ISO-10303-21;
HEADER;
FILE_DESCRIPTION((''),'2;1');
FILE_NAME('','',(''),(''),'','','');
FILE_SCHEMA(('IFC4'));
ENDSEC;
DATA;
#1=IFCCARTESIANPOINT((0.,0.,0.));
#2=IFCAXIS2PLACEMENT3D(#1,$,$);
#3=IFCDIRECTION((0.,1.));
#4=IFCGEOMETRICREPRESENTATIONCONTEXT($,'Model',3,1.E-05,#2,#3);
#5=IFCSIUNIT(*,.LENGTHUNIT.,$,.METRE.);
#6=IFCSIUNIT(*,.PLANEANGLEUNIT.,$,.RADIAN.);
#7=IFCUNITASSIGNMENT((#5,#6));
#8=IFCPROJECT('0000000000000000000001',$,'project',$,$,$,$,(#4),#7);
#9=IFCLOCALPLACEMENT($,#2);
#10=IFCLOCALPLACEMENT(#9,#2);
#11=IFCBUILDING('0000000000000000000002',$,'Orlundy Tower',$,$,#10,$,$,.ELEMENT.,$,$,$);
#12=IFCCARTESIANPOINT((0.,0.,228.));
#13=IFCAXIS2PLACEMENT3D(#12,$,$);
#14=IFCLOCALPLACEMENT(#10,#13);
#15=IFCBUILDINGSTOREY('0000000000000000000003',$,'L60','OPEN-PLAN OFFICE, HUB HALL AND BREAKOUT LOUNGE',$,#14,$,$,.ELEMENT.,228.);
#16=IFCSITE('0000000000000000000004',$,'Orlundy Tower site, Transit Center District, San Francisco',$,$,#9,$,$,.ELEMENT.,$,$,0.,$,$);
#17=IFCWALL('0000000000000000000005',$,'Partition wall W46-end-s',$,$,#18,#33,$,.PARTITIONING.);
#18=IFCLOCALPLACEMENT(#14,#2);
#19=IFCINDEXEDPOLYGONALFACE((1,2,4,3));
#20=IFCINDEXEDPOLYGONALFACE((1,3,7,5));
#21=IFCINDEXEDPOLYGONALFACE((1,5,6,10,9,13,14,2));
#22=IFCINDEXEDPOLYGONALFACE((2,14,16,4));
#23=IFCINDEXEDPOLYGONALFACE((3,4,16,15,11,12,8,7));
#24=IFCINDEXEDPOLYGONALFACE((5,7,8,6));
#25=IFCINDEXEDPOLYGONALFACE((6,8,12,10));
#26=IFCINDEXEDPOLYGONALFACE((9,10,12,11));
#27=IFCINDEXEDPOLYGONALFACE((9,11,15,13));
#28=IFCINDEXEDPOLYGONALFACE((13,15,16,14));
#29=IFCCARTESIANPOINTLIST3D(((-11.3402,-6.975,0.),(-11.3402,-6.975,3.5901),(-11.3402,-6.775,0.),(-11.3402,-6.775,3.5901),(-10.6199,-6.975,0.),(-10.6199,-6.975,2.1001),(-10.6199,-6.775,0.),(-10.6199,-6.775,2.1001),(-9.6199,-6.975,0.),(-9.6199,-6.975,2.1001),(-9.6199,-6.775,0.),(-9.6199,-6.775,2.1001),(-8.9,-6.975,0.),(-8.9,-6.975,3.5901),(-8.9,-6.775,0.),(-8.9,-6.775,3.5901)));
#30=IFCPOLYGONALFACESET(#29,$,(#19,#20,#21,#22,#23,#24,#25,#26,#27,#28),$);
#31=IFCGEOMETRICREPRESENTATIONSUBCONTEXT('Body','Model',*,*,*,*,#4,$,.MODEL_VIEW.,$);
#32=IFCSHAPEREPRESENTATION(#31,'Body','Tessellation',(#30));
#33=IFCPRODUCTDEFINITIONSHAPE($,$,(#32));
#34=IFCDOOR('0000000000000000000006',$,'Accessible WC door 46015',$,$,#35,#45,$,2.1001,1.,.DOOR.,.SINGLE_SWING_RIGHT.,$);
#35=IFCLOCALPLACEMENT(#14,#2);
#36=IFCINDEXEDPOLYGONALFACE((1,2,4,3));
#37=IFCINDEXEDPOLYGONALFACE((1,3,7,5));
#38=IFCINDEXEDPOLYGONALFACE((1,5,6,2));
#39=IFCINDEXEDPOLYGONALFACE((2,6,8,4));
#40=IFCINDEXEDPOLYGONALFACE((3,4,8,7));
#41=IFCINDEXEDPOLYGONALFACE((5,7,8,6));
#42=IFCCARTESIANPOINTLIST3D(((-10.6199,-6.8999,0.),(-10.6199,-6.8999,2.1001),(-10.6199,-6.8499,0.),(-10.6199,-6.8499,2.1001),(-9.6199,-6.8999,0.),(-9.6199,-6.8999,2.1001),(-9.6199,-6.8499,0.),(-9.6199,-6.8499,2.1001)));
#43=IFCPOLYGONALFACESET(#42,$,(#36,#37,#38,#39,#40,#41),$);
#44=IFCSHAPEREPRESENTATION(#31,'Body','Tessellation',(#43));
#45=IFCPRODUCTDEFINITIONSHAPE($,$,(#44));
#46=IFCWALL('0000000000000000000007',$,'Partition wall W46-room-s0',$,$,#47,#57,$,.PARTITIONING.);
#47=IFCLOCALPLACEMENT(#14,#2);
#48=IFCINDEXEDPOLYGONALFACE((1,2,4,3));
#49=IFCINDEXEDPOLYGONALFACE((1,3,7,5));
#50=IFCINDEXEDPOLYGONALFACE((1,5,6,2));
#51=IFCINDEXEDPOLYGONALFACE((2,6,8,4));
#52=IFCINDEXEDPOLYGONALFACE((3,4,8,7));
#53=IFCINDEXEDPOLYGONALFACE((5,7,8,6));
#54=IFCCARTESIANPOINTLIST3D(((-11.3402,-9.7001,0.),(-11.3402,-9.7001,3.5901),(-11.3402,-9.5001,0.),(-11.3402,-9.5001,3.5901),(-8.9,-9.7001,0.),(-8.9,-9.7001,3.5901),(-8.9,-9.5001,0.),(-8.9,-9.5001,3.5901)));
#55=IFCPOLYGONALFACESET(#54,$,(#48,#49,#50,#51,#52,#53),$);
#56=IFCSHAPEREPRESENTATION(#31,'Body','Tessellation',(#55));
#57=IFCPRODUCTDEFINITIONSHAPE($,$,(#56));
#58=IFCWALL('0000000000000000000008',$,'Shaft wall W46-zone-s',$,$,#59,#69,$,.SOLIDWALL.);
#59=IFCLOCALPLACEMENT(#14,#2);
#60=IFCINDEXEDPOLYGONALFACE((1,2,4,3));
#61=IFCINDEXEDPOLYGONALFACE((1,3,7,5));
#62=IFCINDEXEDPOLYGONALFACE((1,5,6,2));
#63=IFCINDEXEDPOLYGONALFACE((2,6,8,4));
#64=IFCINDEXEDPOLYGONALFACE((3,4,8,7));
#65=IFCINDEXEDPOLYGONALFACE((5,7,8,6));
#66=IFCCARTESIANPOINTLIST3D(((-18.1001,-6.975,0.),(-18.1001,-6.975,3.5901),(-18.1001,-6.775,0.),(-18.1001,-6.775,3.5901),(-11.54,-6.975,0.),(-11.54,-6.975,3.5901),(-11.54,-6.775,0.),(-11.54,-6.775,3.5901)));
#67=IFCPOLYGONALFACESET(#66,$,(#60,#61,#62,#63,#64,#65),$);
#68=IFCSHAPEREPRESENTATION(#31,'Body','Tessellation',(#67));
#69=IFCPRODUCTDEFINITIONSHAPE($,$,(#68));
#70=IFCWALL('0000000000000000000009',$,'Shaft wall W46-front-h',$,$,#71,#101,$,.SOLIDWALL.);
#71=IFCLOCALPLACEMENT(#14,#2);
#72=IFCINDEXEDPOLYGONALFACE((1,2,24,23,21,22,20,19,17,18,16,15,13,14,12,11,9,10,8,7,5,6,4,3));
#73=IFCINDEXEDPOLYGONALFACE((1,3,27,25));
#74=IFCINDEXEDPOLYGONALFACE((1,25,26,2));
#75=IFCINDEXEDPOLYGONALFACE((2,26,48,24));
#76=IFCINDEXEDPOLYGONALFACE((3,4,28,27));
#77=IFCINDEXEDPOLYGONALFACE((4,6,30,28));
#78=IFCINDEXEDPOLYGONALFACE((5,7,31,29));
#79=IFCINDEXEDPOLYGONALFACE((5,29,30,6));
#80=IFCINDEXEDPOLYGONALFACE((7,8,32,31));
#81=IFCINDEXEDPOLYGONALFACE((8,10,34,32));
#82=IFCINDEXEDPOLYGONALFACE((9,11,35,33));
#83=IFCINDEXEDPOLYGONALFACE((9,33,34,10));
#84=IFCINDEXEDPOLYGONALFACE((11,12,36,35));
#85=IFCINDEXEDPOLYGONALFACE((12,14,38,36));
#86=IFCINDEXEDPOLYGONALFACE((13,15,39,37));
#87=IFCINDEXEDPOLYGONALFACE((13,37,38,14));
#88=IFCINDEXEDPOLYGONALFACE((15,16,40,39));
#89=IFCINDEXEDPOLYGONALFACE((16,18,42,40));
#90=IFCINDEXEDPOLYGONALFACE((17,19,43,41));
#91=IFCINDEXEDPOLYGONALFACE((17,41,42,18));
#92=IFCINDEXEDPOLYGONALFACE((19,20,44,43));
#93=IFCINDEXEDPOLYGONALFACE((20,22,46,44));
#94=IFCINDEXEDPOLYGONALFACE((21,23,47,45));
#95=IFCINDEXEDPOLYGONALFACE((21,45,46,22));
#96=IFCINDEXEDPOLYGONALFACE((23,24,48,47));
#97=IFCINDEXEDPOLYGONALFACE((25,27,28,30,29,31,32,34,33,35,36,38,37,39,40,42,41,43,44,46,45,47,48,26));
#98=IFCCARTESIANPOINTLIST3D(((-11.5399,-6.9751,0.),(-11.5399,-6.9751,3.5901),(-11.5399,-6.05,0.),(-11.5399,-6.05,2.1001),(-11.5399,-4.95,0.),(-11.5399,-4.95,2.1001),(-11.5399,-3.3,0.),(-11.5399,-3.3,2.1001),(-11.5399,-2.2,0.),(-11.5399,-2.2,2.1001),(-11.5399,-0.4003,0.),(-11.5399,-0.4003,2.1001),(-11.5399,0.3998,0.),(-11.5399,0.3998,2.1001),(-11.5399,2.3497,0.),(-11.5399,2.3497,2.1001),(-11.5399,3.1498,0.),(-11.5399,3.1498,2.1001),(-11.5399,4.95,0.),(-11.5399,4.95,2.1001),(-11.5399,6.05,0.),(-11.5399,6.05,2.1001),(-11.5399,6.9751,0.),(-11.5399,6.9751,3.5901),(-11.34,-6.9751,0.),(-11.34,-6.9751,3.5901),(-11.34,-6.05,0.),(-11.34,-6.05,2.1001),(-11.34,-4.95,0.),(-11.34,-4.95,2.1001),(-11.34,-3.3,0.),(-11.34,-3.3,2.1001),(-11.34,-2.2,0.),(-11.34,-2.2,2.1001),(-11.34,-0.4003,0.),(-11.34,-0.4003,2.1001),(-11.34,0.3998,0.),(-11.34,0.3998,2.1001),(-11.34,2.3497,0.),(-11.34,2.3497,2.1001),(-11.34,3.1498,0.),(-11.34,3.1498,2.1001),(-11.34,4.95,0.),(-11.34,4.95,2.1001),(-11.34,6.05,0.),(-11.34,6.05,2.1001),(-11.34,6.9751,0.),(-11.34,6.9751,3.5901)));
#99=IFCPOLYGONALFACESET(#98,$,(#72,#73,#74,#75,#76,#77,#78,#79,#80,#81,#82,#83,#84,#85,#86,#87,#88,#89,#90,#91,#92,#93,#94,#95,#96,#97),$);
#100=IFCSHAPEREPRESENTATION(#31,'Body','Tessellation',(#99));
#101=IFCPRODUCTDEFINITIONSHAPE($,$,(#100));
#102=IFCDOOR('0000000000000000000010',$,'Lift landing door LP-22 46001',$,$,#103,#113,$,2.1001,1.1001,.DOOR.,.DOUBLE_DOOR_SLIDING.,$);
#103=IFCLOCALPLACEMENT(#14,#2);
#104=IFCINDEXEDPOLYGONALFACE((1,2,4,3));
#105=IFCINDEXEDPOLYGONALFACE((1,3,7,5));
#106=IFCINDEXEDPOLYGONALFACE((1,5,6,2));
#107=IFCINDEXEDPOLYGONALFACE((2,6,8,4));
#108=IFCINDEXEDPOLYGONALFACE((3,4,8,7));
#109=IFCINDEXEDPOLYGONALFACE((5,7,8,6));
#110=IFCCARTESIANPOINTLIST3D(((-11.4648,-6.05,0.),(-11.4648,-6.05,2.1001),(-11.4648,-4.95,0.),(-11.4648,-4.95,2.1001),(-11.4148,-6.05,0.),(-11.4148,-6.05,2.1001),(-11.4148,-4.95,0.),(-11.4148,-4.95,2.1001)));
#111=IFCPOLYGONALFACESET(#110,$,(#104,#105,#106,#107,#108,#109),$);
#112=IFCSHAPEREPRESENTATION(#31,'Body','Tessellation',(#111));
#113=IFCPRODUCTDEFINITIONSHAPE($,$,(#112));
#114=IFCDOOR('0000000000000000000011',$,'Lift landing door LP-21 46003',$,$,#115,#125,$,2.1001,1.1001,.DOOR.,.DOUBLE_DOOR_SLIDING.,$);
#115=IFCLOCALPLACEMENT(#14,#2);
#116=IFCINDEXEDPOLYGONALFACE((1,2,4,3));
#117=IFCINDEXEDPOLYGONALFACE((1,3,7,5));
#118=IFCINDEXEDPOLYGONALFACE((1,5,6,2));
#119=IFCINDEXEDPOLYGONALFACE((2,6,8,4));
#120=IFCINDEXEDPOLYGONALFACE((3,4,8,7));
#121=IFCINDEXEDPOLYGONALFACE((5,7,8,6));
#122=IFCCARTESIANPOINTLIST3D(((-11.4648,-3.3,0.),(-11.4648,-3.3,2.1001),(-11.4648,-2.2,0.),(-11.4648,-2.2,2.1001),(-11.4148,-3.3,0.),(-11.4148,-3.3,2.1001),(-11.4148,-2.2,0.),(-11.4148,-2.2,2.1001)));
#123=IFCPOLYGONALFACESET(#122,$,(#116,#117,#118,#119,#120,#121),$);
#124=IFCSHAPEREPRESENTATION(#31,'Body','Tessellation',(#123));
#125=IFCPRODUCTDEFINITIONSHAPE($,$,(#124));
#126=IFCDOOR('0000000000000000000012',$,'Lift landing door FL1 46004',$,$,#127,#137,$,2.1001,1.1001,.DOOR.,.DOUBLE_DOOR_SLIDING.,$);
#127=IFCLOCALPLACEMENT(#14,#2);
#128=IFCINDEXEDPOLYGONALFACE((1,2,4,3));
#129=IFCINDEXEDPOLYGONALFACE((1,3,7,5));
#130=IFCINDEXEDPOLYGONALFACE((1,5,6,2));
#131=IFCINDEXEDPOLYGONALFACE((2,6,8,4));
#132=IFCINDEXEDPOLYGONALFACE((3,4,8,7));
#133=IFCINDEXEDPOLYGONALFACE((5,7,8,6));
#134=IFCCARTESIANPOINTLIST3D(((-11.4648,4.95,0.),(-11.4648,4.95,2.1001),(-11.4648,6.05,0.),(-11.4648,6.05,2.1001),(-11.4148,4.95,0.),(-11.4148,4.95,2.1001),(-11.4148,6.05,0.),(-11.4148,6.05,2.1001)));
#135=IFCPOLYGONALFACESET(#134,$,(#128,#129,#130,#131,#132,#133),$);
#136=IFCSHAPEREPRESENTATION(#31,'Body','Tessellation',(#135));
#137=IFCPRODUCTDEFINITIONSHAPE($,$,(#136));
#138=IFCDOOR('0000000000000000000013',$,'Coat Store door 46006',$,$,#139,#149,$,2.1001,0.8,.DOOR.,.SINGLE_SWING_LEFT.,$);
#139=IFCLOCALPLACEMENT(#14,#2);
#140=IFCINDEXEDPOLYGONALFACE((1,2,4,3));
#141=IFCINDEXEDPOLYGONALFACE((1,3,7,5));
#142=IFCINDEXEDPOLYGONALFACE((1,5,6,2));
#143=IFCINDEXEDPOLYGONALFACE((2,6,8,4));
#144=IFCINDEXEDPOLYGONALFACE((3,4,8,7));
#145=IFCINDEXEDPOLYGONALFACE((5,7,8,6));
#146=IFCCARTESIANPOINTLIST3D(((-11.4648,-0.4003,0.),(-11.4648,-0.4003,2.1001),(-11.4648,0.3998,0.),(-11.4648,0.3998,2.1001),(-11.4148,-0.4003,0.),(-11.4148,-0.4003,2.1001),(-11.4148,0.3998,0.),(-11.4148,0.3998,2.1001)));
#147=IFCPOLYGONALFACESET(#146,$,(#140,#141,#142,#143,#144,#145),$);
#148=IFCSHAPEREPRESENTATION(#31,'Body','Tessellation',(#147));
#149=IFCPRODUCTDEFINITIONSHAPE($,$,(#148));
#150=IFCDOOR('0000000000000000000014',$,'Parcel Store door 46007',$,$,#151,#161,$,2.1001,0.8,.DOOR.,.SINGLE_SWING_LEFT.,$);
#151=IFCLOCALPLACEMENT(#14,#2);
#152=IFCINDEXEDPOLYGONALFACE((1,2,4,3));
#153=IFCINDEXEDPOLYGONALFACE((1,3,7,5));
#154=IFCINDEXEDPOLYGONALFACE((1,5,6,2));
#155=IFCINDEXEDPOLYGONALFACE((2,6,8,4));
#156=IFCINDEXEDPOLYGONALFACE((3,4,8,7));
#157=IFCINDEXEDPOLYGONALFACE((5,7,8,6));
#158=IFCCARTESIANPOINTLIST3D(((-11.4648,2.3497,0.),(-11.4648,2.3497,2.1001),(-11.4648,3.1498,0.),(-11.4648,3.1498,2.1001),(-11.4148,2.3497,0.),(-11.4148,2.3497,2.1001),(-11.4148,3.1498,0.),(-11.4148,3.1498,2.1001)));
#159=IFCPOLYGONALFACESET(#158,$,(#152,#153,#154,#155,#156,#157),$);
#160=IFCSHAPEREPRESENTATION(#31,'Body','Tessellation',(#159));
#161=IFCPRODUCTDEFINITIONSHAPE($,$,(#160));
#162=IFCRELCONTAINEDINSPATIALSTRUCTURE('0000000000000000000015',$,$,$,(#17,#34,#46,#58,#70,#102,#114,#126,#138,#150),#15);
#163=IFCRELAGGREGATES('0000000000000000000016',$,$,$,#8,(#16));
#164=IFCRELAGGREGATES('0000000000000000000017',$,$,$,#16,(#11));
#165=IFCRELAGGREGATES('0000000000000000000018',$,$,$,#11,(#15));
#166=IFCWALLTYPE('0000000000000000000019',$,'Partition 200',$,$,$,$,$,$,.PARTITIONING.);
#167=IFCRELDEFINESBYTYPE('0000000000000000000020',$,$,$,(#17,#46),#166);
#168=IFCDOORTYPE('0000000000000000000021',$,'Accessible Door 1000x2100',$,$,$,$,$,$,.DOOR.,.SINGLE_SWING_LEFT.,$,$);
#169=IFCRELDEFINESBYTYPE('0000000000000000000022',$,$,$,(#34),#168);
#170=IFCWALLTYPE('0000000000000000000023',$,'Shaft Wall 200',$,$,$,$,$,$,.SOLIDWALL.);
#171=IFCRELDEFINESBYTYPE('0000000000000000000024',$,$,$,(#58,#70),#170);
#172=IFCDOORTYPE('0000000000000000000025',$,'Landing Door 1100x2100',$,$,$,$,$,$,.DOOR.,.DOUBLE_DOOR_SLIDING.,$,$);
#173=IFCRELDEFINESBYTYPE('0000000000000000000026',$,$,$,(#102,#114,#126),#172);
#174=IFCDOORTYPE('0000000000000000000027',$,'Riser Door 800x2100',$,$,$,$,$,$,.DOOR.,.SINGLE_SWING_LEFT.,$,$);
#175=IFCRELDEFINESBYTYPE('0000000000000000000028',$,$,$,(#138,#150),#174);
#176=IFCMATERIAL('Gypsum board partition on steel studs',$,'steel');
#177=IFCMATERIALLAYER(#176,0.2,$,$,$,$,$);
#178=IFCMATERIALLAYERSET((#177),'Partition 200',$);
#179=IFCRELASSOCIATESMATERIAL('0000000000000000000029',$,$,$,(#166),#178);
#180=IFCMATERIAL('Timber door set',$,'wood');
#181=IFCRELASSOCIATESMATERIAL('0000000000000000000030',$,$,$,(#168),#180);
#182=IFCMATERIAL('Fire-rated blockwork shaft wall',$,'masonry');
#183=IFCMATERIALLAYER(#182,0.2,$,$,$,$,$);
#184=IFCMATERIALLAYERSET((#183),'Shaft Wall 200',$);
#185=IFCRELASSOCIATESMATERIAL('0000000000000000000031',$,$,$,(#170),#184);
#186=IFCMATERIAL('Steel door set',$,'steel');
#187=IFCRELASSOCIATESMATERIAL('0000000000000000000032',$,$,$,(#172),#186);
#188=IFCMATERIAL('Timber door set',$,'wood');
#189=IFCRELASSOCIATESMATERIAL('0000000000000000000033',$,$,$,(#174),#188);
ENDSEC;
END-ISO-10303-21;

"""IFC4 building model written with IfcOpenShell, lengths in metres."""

from ifc_helpers import new_model, si_unit, direction, frame, frame_2d, origin, place, context, subcontext, project, spatial, rectangle, extrude, material, layer, layer_set, type_object, element, fill, save


model = new_model("IFC4")

# Units and contexts
model_context = context("Model", 3, precision=1e-05, world=origin(), true_north=direction((0.0, 1.0)))
body_context = subcontext(model_context, "Body", "Model", "MODEL_VIEW")
ifc_project = project(units=[si_unit("LENGTHUNIT", "METRE"), si_unit("PLANEANGLEUNIT", "RADIAN")], contexts=[model_context])

# Site, building, storey
site_placement = place(None, origin())
site = spatial("IfcSite", under=ifc_project, at=site_placement, Name="Orlundy Tower site, Transit Center District, San Francisco", CompositionType="ELEMENT", RefElevation=0.0)
building_placement = place(site_placement, origin())
building = spatial("IfcBuilding", under=site, at=building_placement, Name="Orlundy Tower", CompositionType="ELEMENT")
storey_placement = place(building_placement, frame((0.0, 0.0, 228.0)))
storey = spatial("IfcBuildingStorey", under=building, at=storey_placement, Name="L60", Description="OPEN-PLAN OFFICE, HUB HALL AND BREAKOUT LOUNGE", CompositionType="ELEMENT", Elevation=228.0)

# Wall, opening, door
ifc_material_1 = material(Name="Gypsum board partition on steel studs", Category="steel")
ifc_layer_1 = layer(ifc_material_1, 0.2)
ifc_layer_set_1 = layer_set([ifc_layer_1], Name="Partition 200")
wall_type_1 = type_object("IfcWallType", Name="Partition 200", PredefinedType="PARTITIONING", material=ifc_layer_set_1)
wall_1_placement = place(storey_placement, frame((-8.8999, -6.875, 0.0), z_axis=(0.0, 0.0, 1.0), x_axis=(-1.0, 0.0, 0.0)))
wall_1 = element("IfcWall", 1, at=wall_1_placement, inside=storey, type_object=wall_type_1, Name="Partition wall W46-end-s", PredefinedType="PARTITIONING", context=body_context, shape_type="SweptSolid", body=[
    extrude(rectangle(XDim=2.4402, YDim=0.2, at=frame_2d((1.2202, 0.0))), origin(), (0.0, 0.0, 1.0), 3.5901),
])
opening_1_placement = place(wall_1_placement, frame((0.72, 0.0, 0.0)))
opening_1 = element("IfcOpeningElement", 2, at=opening_1_placement, cuts=wall_1, PredefinedType="OPENING", context=body_context, shape_type="SweptSolid", body=[
    extrude(rectangle(XDim=1.0, YDim=2.1001, at=frame_2d((0.5, 1.05))), frame((0.0, 0.1101, 0.0), z_axis=(0.0, -1.0, 0.0), x_axis=(1.0, 0.0, 0.0)), (0.0, 0.0, 1.0), 0.2202),
])
ifc_material_2 = material(Name="Timber door set", Category="wood")
door_type_1 = type_object("IfcDoorType", Name="Accessible Door 1000x2100", OperationType="SINGLE_SWING_LEFT", PredefinedType="DOOR", material=ifc_material_2)
door_1_placement = place(opening_1_placement, origin())
door_1 = element("IfcDoor", 3, at=door_1_placement, inside=storey, type_object=door_type_1, Name="Accessible WC door 46015", OperationType="SINGLE_SWING_RIGHT", OverallHeight=2.1001, OverallWidth=1.0, PredefinedType="DOOR", context=body_context, shape_type="SweptSolid", body=[
    extrude(rectangle(XDim=1.0, YDim=2.1001, at=frame_2d((0.5, 1.05))), frame((0.0, 0.0249, 0.0), z_axis=(0.0, -1.0, 0.0), x_axis=(1.0, 0.0, 0.0)), (0.0, 0.0, 1.0), 0.05),
])
fill(opening_1, door_1)

# Walls
wall_2_placement = place(storey_placement, frame((-8.8999, -9.6001, 0.0), z_axis=(0.0, 0.0, 1.0), x_axis=(-1.0, 0.0, 0.0)))
element("IfcWall", 4, at=wall_2_placement, inside=storey, type_object=wall_type_1, Name="Partition wall W46-room-s0", PredefinedType="PARTITIONING", context=body_context, shape_type="SweptSolid", body=[
    extrude(rectangle(XDim=2.4402, YDim=0.2, at=frame_2d((1.2202, 0.0))), origin(), (0.0, 0.0, 1.0), 3.5901),
])
ifc_material_3 = material(Name="Fire-rated blockwork shaft wall", Category="masonry")
ifc_layer_2 = layer(ifc_material_3, 0.2)
ifc_layer_set_2 = layer_set([ifc_layer_2], Name="Shaft Wall 200")
wall_type_2 = type_object("IfcWallType", Name="Shaft Wall 200", PredefinedType="SOLIDWALL", material=ifc_layer_set_2)
wall_3_placement = place(storey_placement, frame((-11.54, -6.875, 0.0), z_axis=(0.0, 0.0, 1.0), x_axis=(-1.0, 0.0, 0.0)))
element("IfcWall", 5, at=wall_3_placement, inside=storey, type_object=wall_type_2, Name="Shaft wall W46-zone-s", PredefinedType="SOLIDWALL", context=body_context, shape_type="SweptSolid", body=[
    extrude(rectangle(XDim=6.5601, YDim=0.2, at=frame_2d((3.28, 0.0))), origin(), (0.0, 0.0, 1.0), 3.5901),
])

# Wall, openings, doors
wall_4_placement = place(storey_placement, frame((-11.4399, -6.9751, 0.0), z_axis=(0.0, 0.0, 1.0), x_axis=(0.0, 1.0, 0.0)))
wall_4 = element("IfcWall", 6, at=wall_4_placement, inside=storey, type_object=wall_type_2, Name="Shaft wall W46-front-h", PredefinedType="SOLIDWALL", context=body_context, shape_type="SweptSolid", body=[
    extrude(rectangle(XDim=13.9502, YDim=0.2, at=frame_2d((6.9751, 0.0))), origin(), (0.0, 0.0, 1.0), 3.5901),
])
opening_2_placement = place(wall_4_placement, frame((0.925, 0.0, 0.0)))
opening_2 = element("IfcOpeningElement", 7, at=opening_2_placement, cuts=wall_4, PredefinedType="OPENING", context=body_context, shape_type="SweptSolid", body=[
    extrude(rectangle(XDim=1.1001, YDim=2.1001, at=frame_2d((0.55, 1.05))), frame((0.0, 0.1101, 0.0), z_axis=(0.0, -1.0, 0.0), x_axis=(1.0, 0.0, 0.0)), (0.0, 0.0, 1.0), 0.2202),
])
opening_3_placement = place(wall_4_placement, frame((3.675, 0.0, 0.0)))
opening_3 = element("IfcOpeningElement", 8, at=opening_3_placement, cuts=wall_4, PredefinedType="OPENING", context=body_context, shape_type="SweptSolid", body=[
    extrude(rectangle(XDim=1.1001, YDim=2.1001, at=frame_2d((0.55, 1.05))), frame((0.0, 0.1101, 0.0), z_axis=(0.0, -1.0, 0.0), x_axis=(1.0, 0.0, 0.0)), (0.0, 0.0, 1.0), 0.2202),
])
opening_4_placement = place(wall_4_placement, frame((11.925, 0.0, 0.0)))
opening_4 = element("IfcOpeningElement", 9, at=opening_4_placement, cuts=wall_4, PredefinedType="OPENING", context=body_context, shape_type="SweptSolid", body=[
    extrude(rectangle(XDim=1.1001, YDim=2.1001, at=frame_2d((0.55, 1.05))), frame((0.0, 0.1101, 0.0), z_axis=(0.0, -1.0, 0.0), x_axis=(1.0, 0.0, 0.0)), (0.0, 0.0, 1.0), 0.2202),
])
opening_5_placement = place(wall_4_placement, frame((6.575, 0.0, 0.0)))
opening_5 = element("IfcOpeningElement", 10, at=opening_5_placement, cuts=wall_4, PredefinedType="OPENING", context=body_context, shape_type="SweptSolid", body=[
    extrude(rectangle(XDim=0.8, YDim=2.1001, at=frame_2d((0.3999, 1.05))), frame((0.0, 0.1101, 0.0), z_axis=(0.0, -1.0, 0.0), x_axis=(1.0, 0.0, 0.0)), (0.0, 0.0, 1.0), 0.2202),
])
opening_6_placement = place(wall_4_placement, frame((9.325, 0.0, 0.0)))
opening_6 = element("IfcOpeningElement", 11, at=opening_6_placement, cuts=wall_4, PredefinedType="OPENING", context=body_context, shape_type="SweptSolid", body=[
    extrude(rectangle(XDim=0.8, YDim=2.1001, at=frame_2d((0.3999, 1.05))), frame((0.0, 0.1101, 0.0), z_axis=(0.0, -1.0, 0.0), x_axis=(1.0, 0.0, 0.0)), (0.0, 0.0, 1.0), 0.2202),
])
ifc_material_4 = material(Name="Steel door set", Category="steel")
door_type_2 = type_object("IfcDoorType", Name="Landing Door 1100x2100", OperationType="DOUBLE_DOOR_SLIDING", PredefinedType="DOOR", material=ifc_material_4)
door_2_placement = place(opening_2_placement, origin())
door_2 = element("IfcDoor", 12, at=door_2_placement, inside=storey, type_object=door_type_2, Name="Lift landing door LP-22 46001", OperationType="DOUBLE_DOOR_SLIDING", OverallHeight=2.1001, OverallWidth=1.1001, PredefinedType="DOOR", context=body_context, shape_type="SweptSolid", body=[
    extrude(rectangle(XDim=1.1001, YDim=2.1001, at=frame_2d((0.55, 1.05))), frame((0.0, 0.0249, 0.0), z_axis=(0.0, -1.0, 0.0), x_axis=(1.0, 0.0, 0.0)), (0.0, 0.0, 1.0), 0.05),
])
fill(opening_2, door_2)
door_3_placement = place(opening_3_placement, origin())
door_3 = element("IfcDoor", 13, at=door_3_placement, inside=storey, type_object=door_type_2, Name="Lift landing door LP-21 46003", OperationType="DOUBLE_DOOR_SLIDING", OverallHeight=2.1001, OverallWidth=1.1001, PredefinedType="DOOR", context=body_context, shape_type="SweptSolid", body=[
    extrude(rectangle(XDim=1.1001, YDim=2.1001, at=frame_2d((0.55, 1.05))), frame((0.0, 0.0249, 0.0), z_axis=(0.0, -1.0, 0.0), x_axis=(1.0, 0.0, 0.0)), (0.0, 0.0, 1.0), 0.05),
])
fill(opening_3, door_3)
door_4_placement = place(opening_4_placement, origin())
door_4 = element("IfcDoor", 14, at=door_4_placement, inside=storey, type_object=door_type_2, Name="Lift landing door FL1 46004", OperationType="DOUBLE_DOOR_SLIDING", OverallHeight=2.1001, OverallWidth=1.1001, PredefinedType="DOOR", context=body_context, shape_type="SweptSolid", body=[
    extrude(rectangle(XDim=1.1001, YDim=2.1001, at=frame_2d((0.55, 1.05))), frame((0.0, 0.0249, 0.0), z_axis=(0.0, -1.0, 0.0), x_axis=(1.0, 0.0, 0.0)), (0.0, 0.0, 1.0), 0.05),
])
fill(opening_4, door_4)
ifc_material_5 = material(Name="Timber door set", Category="wood")
door_type_3 = type_object("IfcDoorType", Name="Riser Door 800x2100", OperationType="SINGLE_SWING_LEFT", PredefinedType="DOOR", material=ifc_material_5)
door_5_placement = place(opening_5_placement, origin())
door_5 = element("IfcDoor", 15, at=door_5_placement, inside=storey, type_object=door_type_3, Name="Coat Store door 46006", OperationType="SINGLE_SWING_LEFT", OverallHeight=2.1001, OverallWidth=0.8, PredefinedType="DOOR", context=body_context, shape_type="SweptSolid", body=[
    extrude(rectangle(XDim=0.8, YDim=2.1001, at=frame_2d((0.3999, 1.05))), frame((0.0, 0.0249, 0.0), z_axis=(0.0, -1.0, 0.0), x_axis=(1.0, 0.0, 0.0)), (0.0, 0.0, 1.0), 0.05),
])
fill(opening_5, door_5)
door_6_placement = place(opening_6_placement, origin())
door_6 = element("IfcDoor", 16, at=door_6_placement, inside=storey, type_object=door_type_3, Name="Parcel Store door 46007", OperationType="SINGLE_SWING_LEFT", OverallHeight=2.1001, OverallWidth=0.8, PredefinedType="DOOR", context=body_context, shape_type="SweptSolid", body=[
    extrude(rectangle(XDim=0.8, YDim=2.1001, at=frame_2d((0.3999, 1.05))), frame((0.0, 0.0249, 0.0), z_axis=(0.0, -1.0, 0.0), x_axis=(1.0, 0.0, 0.0)), (0.0, 0.0, 1.0), 0.05),
])
fill(opening_6, door_6)

save(model, "model.ifc")
